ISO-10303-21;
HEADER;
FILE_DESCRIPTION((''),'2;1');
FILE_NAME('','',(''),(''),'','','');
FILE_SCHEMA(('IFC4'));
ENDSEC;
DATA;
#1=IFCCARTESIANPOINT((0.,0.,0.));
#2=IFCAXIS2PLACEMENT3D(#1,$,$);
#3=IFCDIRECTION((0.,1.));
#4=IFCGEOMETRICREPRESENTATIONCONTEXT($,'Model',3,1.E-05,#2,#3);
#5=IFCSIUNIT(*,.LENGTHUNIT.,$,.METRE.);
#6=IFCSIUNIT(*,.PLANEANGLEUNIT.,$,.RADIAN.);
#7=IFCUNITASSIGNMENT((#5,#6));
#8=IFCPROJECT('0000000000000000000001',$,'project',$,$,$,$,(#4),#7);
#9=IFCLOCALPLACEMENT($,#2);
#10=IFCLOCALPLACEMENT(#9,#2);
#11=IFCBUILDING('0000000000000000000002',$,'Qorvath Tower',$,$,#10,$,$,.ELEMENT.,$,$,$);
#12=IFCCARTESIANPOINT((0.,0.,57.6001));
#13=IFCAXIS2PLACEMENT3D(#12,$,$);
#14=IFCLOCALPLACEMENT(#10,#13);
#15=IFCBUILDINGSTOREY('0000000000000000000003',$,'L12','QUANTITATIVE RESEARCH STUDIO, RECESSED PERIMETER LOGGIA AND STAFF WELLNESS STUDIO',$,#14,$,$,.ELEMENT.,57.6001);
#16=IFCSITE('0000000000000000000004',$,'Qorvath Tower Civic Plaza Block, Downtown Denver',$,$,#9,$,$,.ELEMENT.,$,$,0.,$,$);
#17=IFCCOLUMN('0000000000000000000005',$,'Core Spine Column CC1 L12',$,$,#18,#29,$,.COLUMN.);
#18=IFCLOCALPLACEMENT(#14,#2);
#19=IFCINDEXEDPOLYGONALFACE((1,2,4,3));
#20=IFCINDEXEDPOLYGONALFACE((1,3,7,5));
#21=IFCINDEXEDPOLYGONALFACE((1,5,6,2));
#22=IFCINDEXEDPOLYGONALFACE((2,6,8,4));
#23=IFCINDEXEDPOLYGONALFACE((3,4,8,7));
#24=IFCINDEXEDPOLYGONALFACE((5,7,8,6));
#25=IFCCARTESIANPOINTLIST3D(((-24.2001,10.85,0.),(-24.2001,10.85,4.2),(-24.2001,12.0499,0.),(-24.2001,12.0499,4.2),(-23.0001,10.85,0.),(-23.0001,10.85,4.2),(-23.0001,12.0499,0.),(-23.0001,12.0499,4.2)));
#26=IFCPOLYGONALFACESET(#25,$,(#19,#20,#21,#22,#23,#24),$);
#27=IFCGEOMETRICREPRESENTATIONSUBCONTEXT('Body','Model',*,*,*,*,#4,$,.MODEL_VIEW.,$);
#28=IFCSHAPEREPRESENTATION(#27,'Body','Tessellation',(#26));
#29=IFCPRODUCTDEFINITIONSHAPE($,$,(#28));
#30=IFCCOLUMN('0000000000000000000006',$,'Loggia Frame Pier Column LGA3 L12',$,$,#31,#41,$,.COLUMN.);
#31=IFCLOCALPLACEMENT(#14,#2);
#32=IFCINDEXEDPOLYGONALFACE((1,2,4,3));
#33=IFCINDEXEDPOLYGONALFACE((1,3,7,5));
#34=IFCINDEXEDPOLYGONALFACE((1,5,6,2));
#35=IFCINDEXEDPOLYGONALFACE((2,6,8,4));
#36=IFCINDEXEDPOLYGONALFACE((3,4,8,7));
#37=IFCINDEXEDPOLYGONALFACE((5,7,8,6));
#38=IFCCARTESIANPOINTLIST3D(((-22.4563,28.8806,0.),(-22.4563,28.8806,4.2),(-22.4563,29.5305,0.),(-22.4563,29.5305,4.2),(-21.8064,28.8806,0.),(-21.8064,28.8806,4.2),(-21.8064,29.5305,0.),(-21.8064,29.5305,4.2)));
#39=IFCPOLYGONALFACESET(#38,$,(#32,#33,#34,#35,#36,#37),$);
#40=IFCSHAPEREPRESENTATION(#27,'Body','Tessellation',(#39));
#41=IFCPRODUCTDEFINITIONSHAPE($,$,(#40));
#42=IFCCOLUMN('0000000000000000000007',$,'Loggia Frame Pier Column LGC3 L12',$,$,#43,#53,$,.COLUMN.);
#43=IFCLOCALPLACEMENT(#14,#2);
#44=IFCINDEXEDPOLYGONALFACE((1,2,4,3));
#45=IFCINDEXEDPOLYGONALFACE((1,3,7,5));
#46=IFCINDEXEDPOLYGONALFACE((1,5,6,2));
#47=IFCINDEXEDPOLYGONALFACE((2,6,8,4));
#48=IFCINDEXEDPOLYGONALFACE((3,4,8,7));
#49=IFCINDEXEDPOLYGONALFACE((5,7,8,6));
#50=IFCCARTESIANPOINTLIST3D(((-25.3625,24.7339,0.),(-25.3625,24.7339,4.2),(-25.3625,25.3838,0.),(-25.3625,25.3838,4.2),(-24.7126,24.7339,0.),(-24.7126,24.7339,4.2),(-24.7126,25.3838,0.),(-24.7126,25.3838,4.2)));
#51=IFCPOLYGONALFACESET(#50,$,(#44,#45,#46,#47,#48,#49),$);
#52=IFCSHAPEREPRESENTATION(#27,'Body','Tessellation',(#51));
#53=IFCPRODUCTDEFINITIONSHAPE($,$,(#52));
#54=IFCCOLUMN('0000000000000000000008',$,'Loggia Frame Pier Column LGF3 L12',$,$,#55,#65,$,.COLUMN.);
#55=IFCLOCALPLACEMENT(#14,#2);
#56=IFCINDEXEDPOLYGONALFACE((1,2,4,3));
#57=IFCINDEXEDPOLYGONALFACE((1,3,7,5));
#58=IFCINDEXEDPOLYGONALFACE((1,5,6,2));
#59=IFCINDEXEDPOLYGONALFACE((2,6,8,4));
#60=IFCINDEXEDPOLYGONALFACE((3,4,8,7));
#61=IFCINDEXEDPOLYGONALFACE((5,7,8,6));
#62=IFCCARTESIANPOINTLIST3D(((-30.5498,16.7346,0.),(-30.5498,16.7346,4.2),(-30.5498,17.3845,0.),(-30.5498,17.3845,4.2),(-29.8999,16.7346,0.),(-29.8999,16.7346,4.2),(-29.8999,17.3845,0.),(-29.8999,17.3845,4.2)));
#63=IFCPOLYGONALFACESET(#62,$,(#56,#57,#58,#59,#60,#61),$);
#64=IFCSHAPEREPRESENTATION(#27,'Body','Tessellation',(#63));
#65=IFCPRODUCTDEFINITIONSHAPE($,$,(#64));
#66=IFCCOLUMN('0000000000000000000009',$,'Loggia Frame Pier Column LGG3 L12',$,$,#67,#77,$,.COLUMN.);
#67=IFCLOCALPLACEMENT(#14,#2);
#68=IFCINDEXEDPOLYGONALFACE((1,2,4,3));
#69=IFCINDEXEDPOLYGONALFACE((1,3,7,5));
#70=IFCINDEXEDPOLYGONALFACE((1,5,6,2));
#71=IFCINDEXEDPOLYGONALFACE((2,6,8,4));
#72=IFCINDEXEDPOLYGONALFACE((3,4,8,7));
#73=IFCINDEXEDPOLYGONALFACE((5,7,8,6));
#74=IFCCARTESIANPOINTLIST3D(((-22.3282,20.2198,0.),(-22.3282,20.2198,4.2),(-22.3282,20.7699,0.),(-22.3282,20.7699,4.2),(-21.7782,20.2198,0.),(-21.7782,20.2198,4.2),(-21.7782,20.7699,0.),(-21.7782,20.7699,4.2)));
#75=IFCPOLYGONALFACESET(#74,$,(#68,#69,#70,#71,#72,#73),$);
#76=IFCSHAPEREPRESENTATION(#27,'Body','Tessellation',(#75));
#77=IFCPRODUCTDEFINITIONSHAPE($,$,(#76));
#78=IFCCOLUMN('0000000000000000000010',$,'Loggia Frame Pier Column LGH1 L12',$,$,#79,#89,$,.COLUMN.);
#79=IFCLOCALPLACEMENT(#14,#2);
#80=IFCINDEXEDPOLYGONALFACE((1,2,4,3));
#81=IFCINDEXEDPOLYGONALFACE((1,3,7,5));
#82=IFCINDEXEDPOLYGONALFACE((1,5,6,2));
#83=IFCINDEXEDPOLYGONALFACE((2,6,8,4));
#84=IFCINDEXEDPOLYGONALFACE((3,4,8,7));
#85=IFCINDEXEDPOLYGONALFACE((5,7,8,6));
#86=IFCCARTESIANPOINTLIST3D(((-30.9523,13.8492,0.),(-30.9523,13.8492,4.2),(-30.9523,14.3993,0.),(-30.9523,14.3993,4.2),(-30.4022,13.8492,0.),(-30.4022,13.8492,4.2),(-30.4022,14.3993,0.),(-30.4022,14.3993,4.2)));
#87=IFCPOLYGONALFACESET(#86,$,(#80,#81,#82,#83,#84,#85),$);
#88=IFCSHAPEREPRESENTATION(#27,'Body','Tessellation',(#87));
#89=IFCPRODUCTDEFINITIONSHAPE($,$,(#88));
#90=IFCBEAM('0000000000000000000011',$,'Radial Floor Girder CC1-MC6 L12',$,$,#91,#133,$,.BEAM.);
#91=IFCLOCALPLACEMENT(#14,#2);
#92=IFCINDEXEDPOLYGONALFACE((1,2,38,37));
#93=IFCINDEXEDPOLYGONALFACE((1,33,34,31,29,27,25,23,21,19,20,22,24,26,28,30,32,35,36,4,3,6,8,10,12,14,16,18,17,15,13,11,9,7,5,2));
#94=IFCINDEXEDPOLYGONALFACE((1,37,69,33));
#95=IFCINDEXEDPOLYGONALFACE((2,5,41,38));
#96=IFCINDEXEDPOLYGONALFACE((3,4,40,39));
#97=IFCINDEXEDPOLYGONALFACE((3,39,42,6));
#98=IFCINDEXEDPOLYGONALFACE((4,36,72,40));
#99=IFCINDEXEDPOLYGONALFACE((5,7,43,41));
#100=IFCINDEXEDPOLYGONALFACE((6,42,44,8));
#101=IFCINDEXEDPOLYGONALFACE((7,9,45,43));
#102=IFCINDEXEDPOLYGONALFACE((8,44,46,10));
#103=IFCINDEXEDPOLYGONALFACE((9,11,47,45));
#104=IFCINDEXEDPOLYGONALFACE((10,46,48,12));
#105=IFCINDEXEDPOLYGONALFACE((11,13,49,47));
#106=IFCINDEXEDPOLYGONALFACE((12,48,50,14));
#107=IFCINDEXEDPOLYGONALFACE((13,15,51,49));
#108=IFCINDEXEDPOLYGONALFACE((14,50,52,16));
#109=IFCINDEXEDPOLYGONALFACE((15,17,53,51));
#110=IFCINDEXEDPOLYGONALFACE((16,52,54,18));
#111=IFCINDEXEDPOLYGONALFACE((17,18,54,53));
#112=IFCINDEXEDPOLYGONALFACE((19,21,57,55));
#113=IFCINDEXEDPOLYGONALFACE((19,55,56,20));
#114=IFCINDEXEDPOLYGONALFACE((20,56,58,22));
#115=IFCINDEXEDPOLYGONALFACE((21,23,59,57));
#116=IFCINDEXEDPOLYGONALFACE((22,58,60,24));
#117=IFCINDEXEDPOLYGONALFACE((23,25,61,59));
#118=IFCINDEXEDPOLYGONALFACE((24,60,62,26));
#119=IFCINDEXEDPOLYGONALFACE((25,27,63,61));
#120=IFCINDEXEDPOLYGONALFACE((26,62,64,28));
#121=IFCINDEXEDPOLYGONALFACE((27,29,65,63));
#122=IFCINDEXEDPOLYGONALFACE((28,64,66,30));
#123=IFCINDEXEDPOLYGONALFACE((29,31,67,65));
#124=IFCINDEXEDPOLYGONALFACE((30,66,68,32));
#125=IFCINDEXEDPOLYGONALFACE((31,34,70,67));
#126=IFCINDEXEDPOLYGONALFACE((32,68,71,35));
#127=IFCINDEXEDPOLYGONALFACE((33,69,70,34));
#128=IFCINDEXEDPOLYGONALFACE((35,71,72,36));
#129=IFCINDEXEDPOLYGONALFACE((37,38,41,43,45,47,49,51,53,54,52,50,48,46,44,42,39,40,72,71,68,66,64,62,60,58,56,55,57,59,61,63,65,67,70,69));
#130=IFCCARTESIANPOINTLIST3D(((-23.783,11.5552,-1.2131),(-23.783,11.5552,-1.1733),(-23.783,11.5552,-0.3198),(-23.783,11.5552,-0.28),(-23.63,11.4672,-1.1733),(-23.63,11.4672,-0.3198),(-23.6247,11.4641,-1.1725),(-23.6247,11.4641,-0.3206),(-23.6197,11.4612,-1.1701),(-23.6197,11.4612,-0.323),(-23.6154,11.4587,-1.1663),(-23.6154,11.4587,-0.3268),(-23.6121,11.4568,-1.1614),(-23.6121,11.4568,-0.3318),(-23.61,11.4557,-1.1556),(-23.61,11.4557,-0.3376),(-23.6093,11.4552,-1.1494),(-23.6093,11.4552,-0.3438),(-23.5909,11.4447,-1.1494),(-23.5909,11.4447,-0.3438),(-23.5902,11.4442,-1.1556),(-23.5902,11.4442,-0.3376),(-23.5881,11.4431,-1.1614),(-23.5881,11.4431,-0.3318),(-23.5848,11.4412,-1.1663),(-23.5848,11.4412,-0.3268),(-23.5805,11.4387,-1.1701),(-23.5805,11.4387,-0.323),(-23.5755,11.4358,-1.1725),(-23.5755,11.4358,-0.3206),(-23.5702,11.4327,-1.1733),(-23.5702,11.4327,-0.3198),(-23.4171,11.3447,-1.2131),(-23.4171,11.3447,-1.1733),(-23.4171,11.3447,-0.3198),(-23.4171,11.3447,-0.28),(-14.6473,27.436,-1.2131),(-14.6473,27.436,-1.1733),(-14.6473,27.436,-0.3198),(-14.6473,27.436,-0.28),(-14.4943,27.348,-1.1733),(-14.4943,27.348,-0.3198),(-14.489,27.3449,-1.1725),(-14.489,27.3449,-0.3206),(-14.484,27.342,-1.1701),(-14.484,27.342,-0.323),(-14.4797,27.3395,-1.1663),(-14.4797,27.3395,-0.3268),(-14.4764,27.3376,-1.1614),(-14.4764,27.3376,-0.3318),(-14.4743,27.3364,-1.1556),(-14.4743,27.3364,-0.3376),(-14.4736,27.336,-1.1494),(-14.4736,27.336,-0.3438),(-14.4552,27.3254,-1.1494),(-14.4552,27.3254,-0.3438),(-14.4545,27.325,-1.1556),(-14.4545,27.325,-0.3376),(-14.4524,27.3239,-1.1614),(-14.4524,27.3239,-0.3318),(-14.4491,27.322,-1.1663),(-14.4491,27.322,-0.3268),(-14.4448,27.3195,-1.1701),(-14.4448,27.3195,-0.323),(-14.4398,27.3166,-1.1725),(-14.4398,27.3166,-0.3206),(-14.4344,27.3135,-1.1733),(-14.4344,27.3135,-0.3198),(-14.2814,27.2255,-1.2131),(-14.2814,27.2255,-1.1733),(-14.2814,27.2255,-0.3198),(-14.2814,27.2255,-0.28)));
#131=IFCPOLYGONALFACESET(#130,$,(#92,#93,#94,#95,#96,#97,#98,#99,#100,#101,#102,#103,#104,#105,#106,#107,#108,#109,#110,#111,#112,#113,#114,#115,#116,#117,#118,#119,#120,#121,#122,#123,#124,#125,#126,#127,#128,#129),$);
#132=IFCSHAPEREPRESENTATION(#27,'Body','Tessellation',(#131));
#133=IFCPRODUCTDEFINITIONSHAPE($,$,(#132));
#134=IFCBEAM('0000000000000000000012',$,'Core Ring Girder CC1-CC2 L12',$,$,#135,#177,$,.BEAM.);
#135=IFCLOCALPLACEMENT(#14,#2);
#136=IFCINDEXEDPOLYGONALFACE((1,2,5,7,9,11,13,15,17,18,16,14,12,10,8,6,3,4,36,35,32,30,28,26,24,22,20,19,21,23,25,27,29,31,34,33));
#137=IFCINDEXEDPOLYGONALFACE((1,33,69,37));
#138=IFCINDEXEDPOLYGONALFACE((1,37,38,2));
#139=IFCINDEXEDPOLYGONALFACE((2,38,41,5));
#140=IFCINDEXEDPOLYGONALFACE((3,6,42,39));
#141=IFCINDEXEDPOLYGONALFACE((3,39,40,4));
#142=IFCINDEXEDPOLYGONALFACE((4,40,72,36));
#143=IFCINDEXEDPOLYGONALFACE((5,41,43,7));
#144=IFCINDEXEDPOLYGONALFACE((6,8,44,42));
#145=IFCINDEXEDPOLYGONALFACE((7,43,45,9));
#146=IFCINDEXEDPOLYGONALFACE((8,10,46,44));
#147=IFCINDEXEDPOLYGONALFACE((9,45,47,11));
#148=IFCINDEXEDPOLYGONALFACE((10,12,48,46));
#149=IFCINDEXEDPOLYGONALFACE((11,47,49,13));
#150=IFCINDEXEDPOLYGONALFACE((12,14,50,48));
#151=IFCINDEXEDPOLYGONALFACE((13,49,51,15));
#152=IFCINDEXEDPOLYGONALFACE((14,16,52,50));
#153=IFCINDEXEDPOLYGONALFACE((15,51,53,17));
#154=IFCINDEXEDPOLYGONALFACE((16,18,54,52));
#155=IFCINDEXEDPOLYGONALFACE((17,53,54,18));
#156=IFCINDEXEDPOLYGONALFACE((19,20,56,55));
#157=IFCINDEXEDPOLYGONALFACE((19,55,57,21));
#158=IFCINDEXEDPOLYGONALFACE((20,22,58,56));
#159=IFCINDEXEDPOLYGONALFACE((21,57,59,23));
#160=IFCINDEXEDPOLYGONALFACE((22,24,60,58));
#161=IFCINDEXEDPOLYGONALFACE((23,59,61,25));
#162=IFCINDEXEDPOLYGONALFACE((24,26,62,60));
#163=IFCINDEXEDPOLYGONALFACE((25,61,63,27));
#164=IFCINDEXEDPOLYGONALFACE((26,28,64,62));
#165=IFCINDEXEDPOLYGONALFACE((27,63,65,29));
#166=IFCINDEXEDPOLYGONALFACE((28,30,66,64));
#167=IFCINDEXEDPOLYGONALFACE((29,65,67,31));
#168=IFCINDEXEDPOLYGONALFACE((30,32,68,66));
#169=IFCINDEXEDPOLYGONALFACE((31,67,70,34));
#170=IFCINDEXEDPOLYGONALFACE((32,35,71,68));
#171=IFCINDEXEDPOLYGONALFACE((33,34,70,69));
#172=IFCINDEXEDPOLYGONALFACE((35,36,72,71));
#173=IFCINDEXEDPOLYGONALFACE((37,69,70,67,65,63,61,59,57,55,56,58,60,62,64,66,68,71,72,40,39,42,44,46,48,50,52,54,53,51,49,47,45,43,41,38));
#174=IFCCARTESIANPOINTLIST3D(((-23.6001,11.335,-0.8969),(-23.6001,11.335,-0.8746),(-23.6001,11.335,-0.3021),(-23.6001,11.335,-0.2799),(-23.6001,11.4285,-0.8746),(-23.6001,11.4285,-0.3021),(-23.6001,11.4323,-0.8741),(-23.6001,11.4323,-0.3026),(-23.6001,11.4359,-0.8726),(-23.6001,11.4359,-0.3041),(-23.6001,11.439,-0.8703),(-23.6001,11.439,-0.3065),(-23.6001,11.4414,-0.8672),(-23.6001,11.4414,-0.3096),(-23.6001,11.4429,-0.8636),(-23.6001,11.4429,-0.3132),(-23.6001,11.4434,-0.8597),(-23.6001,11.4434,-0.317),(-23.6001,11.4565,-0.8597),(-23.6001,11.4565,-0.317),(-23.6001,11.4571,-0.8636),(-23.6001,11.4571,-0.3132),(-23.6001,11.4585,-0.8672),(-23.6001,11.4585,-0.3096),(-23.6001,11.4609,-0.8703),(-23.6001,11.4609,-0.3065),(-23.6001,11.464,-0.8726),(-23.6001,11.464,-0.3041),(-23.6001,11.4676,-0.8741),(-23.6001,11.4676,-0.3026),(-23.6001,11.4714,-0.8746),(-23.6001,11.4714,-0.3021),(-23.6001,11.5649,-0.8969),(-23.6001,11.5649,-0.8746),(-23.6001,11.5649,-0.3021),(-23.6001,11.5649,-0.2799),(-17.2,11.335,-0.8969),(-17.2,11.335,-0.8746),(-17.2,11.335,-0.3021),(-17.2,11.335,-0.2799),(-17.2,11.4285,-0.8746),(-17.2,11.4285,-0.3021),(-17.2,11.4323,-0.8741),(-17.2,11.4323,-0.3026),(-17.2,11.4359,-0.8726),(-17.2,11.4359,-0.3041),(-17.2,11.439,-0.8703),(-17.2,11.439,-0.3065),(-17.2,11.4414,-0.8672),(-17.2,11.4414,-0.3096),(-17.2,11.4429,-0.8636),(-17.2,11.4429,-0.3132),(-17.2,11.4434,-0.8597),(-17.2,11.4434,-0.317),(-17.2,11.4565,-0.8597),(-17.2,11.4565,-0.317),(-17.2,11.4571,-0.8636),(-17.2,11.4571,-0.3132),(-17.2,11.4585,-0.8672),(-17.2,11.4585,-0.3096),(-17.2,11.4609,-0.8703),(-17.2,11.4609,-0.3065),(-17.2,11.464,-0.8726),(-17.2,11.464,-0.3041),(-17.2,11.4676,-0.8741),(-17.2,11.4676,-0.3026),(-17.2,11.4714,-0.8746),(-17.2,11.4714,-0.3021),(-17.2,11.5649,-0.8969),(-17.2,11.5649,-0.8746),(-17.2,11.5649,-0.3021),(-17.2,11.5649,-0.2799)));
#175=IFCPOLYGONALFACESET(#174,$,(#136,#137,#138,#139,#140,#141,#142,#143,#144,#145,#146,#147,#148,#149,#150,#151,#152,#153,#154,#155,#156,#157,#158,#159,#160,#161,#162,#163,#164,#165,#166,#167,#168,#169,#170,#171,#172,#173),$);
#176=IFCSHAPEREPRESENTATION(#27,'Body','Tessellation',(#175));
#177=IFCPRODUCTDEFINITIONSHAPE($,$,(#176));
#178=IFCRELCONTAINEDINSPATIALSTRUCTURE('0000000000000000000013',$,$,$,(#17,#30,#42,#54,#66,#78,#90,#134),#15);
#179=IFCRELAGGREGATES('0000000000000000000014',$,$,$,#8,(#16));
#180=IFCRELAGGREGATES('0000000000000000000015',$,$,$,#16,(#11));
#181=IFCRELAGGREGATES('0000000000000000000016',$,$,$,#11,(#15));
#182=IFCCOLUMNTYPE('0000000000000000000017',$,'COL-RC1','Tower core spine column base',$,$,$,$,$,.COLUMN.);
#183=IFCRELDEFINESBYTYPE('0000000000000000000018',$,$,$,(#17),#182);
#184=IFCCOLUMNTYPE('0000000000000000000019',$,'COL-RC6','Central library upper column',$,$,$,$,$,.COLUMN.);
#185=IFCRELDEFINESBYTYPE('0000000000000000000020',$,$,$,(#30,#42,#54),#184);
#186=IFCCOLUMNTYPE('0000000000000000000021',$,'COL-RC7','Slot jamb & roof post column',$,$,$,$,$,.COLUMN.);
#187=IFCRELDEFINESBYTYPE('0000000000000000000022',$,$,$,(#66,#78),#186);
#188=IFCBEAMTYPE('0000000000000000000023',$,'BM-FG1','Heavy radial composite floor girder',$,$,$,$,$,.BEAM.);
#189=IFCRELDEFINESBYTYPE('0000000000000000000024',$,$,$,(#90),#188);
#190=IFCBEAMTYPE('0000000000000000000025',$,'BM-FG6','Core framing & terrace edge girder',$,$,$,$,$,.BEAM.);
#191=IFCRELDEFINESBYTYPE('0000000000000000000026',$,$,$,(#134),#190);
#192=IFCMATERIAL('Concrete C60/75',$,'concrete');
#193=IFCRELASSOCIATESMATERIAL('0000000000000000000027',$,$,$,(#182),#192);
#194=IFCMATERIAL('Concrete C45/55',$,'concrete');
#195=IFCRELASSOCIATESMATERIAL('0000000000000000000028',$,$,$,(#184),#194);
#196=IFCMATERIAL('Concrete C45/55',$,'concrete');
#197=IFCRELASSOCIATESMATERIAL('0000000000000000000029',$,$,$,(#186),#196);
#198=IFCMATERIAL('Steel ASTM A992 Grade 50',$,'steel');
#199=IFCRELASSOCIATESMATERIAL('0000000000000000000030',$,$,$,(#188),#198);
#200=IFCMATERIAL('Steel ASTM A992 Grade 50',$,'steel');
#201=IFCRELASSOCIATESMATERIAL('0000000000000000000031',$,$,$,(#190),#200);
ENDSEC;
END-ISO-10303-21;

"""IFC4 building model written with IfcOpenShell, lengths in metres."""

from ifc_helpers import new_model, si_unit, direction, frame, origin, origin_2d, place, context, subcontext, project, spatial, rectangle, i_section, extrude, material, material_profile, profile_set, type_object, element, save


model = new_model("IFC4")

# Units and contexts
model_context = context("Model", 3, precision=1e-05, world=origin(), true_north=direction((0.0, 1.0)))
body_context = subcontext(model_context, "Body", "Model", "MODEL_VIEW")
ifc_project = project(units=[si_unit("LENGTHUNIT", "METRE"), si_unit("PLANEANGLEUNIT", "RADIAN")], contexts=[model_context])

# Site, building, storey
site_placement = place(None, origin())
site = spatial("IfcSite", under=ifc_project, at=site_placement, Name="Qorvath Tower Civic Plaza Block, Downtown Denver", CompositionType="ELEMENT", RefElevation=0.0)
building_placement = place(site_placement, origin())
building = spatial("IfcBuilding", under=site, at=building_placement, Name="Qorvath Tower", CompositionType="ELEMENT")
storey_placement = place(building_placement, frame((0.0, 0.0, 57.6001)))
storey = spatial("IfcBuildingStorey", under=building, at=storey_placement, Name="L12", Description="QUANTITATIVE RESEARCH STUDIO, RECESSED PERIMETER LOGGIA AND STAFF WELLNESS STUDIO", CompositionType="ELEMENT", Elevation=57.6001)

# Columns
ifc_material_1 = material(Name="Concrete C60/75", Category="concrete")
ifc_material_profile_1 = material_profile(ifc_material_1, rectangle(XDim=1.2, YDim=1.2, at=origin_2d()), Name="RC 1200x1200")
ifc_profile_set_1 = profile_set([ifc_material_profile_1], Name="Concrete C60/75")
column_type_1 = type_object("IfcColumnType", Name="COL-RC1", Description="Tower core spine column base", PredefinedType="COLUMN", material=ifc_profile_set_1)
column_placement = place(storey_placement, frame((-23.6001, 11.45, 0.0), z_axis=(0.0, 0.0, 1.0), x_axis=(1.0, 0.0, 0.0)))
element("IfcColumn", 1, at=column_placement, inside=storey, type_object=column_type_1, Name="Core Spine Column CC1 L12", PredefinedType="COLUMN", context=body_context, shape_type="SweptSolid", body=[
    extrude(rectangle(XDim=1.2, YDim=1.2, at=origin_2d()), origin(), (0.0, 0.0, 1.0), 4.2),
])
ifc_material_2 = material(Name="Concrete C45/55", Category="concrete")
ifc_material_profile_2 = material_profile(ifc_material_2, rectangle(XDim=0.6499, YDim=0.6499, at=origin_2d()), Name="RC 650x650")
ifc_profile_set_2 = profile_set([ifc_material_profile_2], Name="Concrete C45/55")
column_type_2 = type_object("IfcColumnType", Name="COL-RC6", Description="Central library upper column", PredefinedType="COLUMN", material=ifc_profile_set_2)
for number, where, z_axis, x_axis, name in (
    (2, (-22.1313, 29.2056, 0.0), (0.0, 0.0, 1.0), (1.0, 0.0, 0.0), "Loggia Frame Pier Column LGA3 L12"),
    (3, (-25.0376, 25.0588, 0.0), (0.0, 0.0, 1.0), (1.0, 0.0, 0.0), "Loggia Frame Pier Column LGC3 L12"),
    (4, (-30.2249, 17.0596, 0.0), (0.0, 0.0, 1.0), (1.0, 0.0, 0.0), "Loggia Frame Pier Column LGF3 L12"),
):
    element("IfcColumn", number, at=place(storey_placement, frame(where, z_axis=z_axis, x_axis=x_axis)), inside=storey, type_object=column_type_2, Name=name, PredefinedType="COLUMN", context=body_context, shape_type="SweptSolid", body=[
        extrude(rectangle(XDim=0.6499, YDim=0.6499, at=origin_2d()), origin(), (0.0, 0.0, 1.0), 4.2),
    ])
ifc_material_3 = material(Name="Concrete C45/55", Category="concrete")
ifc_material_profile_3 = material_profile(ifc_material_3, rectangle(XDim=0.55, YDim=0.55, at=origin_2d()), Name="RC 550x550")
ifc_profile_set_3 = profile_set([ifc_material_profile_3], Name="Concrete C45/55")
column_type_3 = type_object("IfcColumnType", Name="COL-RC7", Description="Slot jamb & roof post column", PredefinedType="COLUMN", material=ifc_profile_set_3)
for number, where, z_axis, x_axis, name in (
    (5, (-22.0532, 20.4949, 0.0), (0.0, 0.0, 1.0), (1.0, 0.0, 0.0), "Loggia Frame Pier Column LGG3 L12"),
    (6, (-30.6772, 14.1243, 0.0), (0.0, 0.0, 1.0), (1.0, 0.0, 0.0), "Loggia Frame Pier Column LGH1 L12"),
):
    element("IfcColumn", number, at=place(storey_placement, frame(where, z_axis=z_axis, x_axis=x_axis)), inside=storey, type_object=column_type_3, Name=name, PredefinedType="COLUMN", context=body_context, shape_type="SweptSolid", body=[
        extrude(rectangle(XDim=0.55, YDim=0.55, at=origin_2d()), origin(), (0.0, 0.0, 1.0), 4.2),
    ])

# Beams
ifc_material_4 = material(Name="Steel ASTM A992 Grade 50", Category="steel")
ifc_material_profile_4 = material_profile(ifc_material_4, i_section(OverallWidth=0.4221, OverallDepth=0.9331, WebThickness=0.0212, FlangeThickness=0.0398, FilletRadius=0.0239, at=origin_2d()), Name="W36x262")
ifc_profile_set_4 = profile_set([ifc_material_profile_4], Name="Steel ASTM A992 Grade 50")
beam_type_1 = type_object("IfcBeamType", Name="BM-FG1", Description="Heavy radial composite floor girder", PredefinedType="BEAM", material=ifc_profile_set_4)
beam_1_placement = place(storey_placement, frame((-23.6001, 11.45, -0.7466), z_axis=(0.498645, 0.866806, 0.0), x_axis=(-0.866806, 0.498645, 0.0)))
element("IfcBeam", 7, at=beam_1_placement, inside=storey, type_object=beam_type_1, Name="Radial Floor Girder CC1-MC6 L12", PredefinedType="BEAM", context=body_context, shape_type="SweptSolid", body=[
    extrude(i_section(OverallWidth=0.4221, OverallDepth=0.9331, WebThickness=0.0212, FlangeThickness=0.0398, FilletRadius=0.0239, at=origin_2d()), origin(), (0.0, 0.0, 1.0), 18.321),
])
ifc_material_5 = material(Name="Steel ASTM A992 Grade 50", Category="steel")
ifc_material_profile_5 = material_profile(ifc_material_5, i_section(OverallWidth=0.23, OverallDepth=0.6169, WebThickness=0.0132, FlangeThickness=0.0222, FilletRadius=0.0149, at=origin_2d()), Name="W24x94")
ifc_profile_set_5 = profile_set([ifc_material_profile_5], Name="Steel ASTM A992 Grade 50")
beam_type_2 = type_object("IfcBeamType", Name="BM-FG6", Description="Core framing & terrace edge girder", PredefinedType="BEAM", material=ifc_profile_set_5)
beam_2_placement = place(storey_placement, frame((-23.6001, 11.45, -0.5884), z_axis=(1.0, 0.0, 0.0), x_axis=(0.0, 1.0, 0.0)))
element("IfcBeam", 8, at=beam_2_placement, inside=storey, type_object=beam_type_2, Name="Core Ring Girder CC1-CC2 L12", PredefinedType="BEAM", context=body_context, shape_type="SweptSolid", body=[
    extrude(i_section(OverallWidth=0.23, OverallDepth=0.6169, WebThickness=0.0132, FlangeThickness=0.0222, FilletRadius=0.0149, at=origin_2d()), origin(), (0.0, 0.0, 1.0), 6.4001),
])

save(model, "model.ifc")
